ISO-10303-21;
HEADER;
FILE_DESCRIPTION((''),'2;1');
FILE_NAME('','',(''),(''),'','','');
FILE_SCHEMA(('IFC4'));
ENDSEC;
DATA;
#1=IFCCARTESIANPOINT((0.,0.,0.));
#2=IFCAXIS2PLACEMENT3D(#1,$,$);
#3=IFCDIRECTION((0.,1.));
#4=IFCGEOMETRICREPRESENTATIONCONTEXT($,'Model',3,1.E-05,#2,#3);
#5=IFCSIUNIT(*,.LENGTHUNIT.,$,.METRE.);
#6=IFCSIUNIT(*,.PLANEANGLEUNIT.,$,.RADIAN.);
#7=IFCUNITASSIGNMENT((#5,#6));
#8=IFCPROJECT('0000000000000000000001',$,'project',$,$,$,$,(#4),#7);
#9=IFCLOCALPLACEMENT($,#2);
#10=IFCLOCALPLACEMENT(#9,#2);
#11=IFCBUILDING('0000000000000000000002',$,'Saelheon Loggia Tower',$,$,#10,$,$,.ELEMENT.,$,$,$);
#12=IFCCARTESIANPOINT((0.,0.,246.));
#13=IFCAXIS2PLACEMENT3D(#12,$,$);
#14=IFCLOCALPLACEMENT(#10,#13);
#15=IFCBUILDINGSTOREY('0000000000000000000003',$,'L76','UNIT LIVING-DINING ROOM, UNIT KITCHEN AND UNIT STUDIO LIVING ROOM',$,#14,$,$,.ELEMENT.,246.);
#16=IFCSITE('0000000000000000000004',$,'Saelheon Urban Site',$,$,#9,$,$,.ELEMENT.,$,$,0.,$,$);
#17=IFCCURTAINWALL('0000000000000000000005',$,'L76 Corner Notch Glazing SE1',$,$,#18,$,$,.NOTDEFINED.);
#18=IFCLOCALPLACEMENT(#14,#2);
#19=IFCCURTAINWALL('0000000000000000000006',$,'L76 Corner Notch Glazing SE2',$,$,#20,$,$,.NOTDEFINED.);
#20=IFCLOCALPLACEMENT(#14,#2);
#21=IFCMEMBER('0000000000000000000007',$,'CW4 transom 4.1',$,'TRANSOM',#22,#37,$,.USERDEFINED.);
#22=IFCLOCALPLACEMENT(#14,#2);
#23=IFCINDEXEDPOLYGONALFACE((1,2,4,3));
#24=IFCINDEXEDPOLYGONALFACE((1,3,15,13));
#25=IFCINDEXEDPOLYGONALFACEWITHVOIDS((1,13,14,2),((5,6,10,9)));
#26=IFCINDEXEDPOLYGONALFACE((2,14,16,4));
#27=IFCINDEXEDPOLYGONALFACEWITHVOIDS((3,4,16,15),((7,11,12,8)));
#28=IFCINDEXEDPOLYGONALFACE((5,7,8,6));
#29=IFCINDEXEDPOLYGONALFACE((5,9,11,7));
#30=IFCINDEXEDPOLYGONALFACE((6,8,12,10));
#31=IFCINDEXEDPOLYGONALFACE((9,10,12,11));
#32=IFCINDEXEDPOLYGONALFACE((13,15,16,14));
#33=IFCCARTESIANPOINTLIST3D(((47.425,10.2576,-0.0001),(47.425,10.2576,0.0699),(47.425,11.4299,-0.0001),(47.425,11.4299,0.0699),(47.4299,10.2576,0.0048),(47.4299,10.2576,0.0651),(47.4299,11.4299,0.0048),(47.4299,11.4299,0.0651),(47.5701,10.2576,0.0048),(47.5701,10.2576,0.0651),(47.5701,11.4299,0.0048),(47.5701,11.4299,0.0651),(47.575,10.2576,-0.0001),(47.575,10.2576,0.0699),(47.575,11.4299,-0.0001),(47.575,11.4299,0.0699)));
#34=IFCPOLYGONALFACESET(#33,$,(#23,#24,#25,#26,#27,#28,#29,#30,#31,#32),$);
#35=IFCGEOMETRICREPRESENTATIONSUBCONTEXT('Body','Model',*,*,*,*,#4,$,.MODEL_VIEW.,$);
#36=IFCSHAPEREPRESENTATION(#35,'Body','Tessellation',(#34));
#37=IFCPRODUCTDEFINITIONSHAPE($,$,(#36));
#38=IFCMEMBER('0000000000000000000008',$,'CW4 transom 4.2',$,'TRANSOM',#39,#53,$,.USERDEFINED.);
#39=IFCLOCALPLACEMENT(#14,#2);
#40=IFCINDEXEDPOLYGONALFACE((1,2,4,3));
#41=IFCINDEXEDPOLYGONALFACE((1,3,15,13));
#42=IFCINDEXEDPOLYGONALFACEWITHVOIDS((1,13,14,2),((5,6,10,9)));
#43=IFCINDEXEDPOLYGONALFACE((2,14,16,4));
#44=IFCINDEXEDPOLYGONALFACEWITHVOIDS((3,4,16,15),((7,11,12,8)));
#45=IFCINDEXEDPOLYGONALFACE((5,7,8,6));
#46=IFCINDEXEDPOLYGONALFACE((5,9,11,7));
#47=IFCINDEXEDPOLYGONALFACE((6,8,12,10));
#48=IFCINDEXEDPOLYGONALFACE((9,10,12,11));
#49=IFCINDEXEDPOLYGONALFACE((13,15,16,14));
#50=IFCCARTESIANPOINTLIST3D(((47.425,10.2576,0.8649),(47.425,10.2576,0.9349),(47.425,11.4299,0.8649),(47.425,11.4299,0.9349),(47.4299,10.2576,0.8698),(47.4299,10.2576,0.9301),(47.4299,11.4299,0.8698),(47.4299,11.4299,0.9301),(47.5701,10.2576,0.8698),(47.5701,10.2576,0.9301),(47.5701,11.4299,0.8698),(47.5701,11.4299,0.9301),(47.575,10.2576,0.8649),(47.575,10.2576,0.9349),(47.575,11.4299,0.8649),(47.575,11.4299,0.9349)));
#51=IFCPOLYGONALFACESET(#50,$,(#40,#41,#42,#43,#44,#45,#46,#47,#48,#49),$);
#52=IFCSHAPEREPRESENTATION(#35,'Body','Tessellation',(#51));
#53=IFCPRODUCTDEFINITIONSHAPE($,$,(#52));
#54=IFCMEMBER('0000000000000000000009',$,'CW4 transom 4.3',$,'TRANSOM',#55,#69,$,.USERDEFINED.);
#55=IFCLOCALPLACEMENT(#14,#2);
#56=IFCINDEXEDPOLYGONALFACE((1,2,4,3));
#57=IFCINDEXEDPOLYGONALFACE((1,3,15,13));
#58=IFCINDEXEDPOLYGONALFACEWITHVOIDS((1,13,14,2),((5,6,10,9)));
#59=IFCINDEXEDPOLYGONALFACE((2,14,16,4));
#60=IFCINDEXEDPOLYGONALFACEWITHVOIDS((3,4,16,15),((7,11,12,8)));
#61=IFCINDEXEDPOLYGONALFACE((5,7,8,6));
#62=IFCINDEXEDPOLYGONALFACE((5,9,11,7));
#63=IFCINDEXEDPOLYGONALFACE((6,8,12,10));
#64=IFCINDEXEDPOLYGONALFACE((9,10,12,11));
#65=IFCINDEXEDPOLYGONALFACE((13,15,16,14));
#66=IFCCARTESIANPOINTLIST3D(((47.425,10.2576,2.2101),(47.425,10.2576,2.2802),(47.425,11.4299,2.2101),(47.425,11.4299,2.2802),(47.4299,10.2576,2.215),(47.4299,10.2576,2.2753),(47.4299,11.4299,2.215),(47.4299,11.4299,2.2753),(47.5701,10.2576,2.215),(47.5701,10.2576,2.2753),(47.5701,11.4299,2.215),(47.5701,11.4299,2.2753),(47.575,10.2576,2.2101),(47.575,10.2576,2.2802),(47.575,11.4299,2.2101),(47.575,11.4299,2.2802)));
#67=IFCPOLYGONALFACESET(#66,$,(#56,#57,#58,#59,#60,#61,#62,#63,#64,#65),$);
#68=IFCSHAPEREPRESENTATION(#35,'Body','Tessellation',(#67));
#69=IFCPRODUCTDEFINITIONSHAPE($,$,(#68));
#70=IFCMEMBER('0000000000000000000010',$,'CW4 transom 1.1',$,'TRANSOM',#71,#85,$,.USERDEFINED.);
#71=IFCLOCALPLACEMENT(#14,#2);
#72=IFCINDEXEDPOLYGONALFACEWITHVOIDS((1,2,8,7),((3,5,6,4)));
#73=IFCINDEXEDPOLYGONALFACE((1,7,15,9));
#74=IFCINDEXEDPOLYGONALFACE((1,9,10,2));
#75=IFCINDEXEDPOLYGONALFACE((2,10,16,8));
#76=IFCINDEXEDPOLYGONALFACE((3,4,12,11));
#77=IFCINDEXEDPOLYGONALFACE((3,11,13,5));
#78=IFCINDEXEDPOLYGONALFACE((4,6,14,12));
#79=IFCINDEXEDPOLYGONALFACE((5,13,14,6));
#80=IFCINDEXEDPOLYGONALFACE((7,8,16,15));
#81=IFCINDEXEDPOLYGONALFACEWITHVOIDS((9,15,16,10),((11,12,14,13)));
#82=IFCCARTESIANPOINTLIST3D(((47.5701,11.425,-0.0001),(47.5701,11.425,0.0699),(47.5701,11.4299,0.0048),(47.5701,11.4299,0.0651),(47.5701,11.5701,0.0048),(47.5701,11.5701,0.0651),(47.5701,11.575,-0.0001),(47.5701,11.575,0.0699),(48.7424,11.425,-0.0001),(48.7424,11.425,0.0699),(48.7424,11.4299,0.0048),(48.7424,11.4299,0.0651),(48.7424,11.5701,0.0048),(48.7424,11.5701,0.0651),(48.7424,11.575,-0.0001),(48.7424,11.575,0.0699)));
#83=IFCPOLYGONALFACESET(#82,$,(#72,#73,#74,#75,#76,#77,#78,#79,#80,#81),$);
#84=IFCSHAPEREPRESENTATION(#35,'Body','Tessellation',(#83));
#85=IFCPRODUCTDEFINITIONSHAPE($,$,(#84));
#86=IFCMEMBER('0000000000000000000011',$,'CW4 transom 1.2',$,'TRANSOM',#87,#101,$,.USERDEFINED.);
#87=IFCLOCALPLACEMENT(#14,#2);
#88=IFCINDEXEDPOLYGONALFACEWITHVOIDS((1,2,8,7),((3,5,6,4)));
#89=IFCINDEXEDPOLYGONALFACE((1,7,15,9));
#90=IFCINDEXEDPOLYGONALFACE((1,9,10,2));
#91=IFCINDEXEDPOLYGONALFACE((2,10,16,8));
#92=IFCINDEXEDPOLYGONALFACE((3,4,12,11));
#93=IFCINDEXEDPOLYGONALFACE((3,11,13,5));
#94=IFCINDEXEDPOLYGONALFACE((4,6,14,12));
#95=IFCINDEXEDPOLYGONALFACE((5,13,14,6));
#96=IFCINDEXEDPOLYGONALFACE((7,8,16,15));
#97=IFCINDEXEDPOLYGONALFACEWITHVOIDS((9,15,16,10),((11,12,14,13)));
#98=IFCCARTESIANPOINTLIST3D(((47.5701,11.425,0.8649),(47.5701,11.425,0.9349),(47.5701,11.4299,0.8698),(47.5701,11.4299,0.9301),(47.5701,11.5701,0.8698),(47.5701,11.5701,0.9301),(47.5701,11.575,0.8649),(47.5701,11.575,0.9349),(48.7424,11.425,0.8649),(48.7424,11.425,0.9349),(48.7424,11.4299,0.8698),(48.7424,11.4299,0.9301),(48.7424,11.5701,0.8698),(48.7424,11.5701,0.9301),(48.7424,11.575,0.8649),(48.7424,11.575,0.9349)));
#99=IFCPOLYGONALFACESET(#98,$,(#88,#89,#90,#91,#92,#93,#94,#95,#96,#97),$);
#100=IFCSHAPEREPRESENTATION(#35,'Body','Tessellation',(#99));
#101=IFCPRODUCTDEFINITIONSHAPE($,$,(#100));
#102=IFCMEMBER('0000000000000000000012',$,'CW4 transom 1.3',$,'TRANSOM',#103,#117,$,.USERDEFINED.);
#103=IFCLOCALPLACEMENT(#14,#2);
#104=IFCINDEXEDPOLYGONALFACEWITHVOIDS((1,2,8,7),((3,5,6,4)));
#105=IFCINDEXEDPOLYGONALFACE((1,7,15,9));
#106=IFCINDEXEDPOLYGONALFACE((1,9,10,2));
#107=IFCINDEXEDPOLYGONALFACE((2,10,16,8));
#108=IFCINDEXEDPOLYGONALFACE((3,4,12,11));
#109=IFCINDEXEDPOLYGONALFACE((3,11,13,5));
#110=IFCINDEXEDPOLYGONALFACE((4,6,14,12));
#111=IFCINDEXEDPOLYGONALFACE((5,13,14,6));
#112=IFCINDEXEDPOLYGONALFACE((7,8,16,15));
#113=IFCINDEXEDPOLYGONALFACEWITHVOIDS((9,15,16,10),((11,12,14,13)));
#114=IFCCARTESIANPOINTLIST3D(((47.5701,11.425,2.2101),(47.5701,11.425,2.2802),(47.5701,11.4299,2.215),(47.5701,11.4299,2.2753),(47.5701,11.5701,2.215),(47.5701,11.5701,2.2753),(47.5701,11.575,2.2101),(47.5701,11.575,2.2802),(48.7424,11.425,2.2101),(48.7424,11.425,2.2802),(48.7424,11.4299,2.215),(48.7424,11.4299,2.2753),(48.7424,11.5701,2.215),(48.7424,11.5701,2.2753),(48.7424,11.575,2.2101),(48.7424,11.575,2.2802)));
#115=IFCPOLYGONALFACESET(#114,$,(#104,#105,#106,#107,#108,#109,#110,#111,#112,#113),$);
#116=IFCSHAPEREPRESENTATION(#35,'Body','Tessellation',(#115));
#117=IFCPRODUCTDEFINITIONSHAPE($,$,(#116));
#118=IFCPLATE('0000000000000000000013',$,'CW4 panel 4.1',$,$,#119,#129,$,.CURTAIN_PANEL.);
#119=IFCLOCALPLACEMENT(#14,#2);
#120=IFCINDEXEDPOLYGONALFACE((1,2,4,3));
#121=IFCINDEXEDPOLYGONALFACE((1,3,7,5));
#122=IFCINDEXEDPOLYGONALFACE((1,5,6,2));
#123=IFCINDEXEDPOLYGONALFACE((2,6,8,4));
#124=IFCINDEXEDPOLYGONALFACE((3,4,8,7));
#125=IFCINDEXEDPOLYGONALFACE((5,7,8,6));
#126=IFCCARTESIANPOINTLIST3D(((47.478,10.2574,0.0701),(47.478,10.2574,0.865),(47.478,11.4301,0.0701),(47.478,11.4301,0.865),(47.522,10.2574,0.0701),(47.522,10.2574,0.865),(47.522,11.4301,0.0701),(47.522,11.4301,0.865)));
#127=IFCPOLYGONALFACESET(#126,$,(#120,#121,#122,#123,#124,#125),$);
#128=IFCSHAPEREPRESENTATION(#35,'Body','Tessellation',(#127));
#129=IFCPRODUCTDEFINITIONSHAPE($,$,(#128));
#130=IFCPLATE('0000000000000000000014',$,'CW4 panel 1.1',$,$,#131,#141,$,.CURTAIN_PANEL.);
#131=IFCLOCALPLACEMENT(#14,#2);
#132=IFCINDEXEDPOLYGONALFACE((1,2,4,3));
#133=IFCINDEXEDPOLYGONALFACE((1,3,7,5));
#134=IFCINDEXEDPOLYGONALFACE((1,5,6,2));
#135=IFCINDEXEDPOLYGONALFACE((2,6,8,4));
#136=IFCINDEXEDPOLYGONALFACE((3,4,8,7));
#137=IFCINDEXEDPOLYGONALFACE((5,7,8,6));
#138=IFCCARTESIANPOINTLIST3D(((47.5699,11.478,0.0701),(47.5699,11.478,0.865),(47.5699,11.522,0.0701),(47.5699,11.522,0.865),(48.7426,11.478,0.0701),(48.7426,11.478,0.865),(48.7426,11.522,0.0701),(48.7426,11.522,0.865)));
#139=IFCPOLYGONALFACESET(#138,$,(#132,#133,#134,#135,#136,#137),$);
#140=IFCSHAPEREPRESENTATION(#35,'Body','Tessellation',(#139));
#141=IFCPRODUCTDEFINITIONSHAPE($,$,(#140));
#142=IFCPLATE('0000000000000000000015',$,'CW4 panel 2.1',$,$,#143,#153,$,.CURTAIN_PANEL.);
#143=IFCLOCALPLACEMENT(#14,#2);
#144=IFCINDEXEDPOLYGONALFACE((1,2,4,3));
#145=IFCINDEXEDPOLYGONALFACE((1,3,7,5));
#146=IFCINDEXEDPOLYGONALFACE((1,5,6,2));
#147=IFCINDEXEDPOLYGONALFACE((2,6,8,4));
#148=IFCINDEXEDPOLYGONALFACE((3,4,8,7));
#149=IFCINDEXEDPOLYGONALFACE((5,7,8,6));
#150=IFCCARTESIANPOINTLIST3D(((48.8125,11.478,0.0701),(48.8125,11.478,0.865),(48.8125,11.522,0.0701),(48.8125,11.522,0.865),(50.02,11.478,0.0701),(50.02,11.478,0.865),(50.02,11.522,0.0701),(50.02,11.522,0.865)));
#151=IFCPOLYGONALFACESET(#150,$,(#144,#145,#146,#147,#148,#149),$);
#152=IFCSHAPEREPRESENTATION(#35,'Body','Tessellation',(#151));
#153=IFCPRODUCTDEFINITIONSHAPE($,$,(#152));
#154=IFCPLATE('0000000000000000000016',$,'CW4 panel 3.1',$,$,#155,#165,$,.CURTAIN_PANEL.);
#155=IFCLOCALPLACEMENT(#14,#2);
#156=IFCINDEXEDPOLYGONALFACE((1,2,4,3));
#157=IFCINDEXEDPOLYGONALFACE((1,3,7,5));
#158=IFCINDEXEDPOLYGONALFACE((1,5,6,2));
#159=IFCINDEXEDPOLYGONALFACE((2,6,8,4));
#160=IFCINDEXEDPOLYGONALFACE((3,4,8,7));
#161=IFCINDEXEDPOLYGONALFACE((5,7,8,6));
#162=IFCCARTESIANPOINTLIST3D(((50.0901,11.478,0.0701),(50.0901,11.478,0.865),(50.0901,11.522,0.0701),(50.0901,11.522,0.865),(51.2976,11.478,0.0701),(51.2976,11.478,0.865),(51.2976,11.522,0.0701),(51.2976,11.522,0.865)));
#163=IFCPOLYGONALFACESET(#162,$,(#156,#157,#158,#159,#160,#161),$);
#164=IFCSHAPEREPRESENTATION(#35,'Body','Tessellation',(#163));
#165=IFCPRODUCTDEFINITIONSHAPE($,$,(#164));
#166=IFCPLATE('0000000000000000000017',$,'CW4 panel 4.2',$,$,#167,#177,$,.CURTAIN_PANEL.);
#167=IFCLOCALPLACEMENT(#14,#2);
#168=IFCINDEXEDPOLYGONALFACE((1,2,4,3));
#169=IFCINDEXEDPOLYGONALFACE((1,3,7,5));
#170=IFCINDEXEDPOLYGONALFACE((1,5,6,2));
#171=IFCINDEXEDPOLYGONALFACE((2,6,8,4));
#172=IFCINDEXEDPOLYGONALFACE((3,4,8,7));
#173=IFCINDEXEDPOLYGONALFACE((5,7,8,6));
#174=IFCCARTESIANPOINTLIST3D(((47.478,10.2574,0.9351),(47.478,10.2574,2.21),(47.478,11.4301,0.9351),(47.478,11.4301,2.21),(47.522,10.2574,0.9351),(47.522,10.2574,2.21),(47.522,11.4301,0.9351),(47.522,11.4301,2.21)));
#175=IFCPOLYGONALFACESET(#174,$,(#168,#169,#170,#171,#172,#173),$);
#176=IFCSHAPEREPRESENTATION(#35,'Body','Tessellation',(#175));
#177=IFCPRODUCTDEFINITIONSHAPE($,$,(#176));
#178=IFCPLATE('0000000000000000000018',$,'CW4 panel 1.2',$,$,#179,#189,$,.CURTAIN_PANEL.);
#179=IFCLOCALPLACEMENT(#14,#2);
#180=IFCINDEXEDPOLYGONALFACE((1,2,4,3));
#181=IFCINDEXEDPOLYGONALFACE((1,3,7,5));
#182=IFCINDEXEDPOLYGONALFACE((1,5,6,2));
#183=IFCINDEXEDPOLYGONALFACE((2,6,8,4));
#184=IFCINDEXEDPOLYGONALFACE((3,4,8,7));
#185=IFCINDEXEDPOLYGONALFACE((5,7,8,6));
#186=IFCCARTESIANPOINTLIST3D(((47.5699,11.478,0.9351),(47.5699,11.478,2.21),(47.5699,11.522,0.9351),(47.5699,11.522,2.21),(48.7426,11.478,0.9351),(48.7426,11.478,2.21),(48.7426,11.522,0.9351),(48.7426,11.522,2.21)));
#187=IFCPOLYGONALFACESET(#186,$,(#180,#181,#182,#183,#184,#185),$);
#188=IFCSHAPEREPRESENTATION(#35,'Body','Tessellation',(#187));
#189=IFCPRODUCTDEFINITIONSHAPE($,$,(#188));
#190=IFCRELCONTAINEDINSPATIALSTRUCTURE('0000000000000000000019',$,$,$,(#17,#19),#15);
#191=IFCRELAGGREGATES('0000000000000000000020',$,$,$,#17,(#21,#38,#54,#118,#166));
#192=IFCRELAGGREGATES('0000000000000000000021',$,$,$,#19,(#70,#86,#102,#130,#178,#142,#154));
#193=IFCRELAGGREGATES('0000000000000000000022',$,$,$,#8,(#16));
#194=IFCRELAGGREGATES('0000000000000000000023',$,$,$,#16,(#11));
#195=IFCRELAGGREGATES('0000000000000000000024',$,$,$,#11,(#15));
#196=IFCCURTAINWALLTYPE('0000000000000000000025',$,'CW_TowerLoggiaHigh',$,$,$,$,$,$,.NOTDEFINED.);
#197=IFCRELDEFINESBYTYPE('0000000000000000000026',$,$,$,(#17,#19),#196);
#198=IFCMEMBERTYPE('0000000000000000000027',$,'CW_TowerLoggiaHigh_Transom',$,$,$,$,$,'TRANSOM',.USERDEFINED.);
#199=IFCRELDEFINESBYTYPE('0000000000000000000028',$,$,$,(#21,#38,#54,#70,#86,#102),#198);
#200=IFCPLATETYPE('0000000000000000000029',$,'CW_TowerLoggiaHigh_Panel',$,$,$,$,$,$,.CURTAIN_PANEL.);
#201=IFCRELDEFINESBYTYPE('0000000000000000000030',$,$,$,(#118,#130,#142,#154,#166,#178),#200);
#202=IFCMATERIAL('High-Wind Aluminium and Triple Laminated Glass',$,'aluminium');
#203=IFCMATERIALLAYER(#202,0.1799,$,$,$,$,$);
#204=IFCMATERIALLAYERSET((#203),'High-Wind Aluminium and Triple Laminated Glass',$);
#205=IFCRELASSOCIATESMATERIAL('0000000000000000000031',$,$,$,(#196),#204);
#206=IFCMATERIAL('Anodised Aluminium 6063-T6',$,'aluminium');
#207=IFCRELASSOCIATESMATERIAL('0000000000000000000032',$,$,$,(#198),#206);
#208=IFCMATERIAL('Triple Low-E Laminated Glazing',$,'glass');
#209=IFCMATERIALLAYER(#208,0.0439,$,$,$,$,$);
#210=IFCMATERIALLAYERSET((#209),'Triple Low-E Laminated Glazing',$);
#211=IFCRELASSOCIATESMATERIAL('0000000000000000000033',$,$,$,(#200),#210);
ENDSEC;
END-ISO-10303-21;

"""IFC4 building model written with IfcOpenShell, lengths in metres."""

from ifc_helpers import new_model, si_unit, direction, frame, origin, origin_2d, place, context, subcontext, project, spatial, rectangle, hollow_rectangle, extrude, source, transform, mapped, material, layer, layer_set, material_profile, profile_set, type_object, element, aggregate, save


model = new_model("IFC4")

# Units and contexts
model_context = context("Model", 3, precision=1e-05, world=origin(), true_north=direction((0.0, 1.0)))
body_context = subcontext(model_context, "Body", "Model", "MODEL_VIEW")
ifc_project = project(units=[si_unit("LENGTHUNIT", "METRE"), si_unit("PLANEANGLEUNIT", "RADIAN")], contexts=[model_context])

# Site, building, storey
site_placement = place(None, origin())
site = spatial("IfcSite", under=ifc_project, at=site_placement, Name="Saelheon Urban Site", CompositionType="ELEMENT", RefElevation=0.0)
building_placement = place(site_placement, origin())
building = spatial("IfcBuilding", under=site, at=building_placement, Name="Saelheon Loggia Tower", CompositionType="ELEMENT")
storey_placement = place(building_placement, frame((0.0, 0.0, 246.0)))
storey = spatial("IfcBuildingStorey", under=building, at=storey_placement, Name="L76", Description="UNIT LIVING-DINING ROOM, UNIT KITCHEN AND UNIT STUDIO LIVING ROOM", CompositionType="ELEMENT", Elevation=246.0)

# Curtain wall
ifc_material_1 = material(Name="High-Wind Aluminium and Triple Laminated Glass", Category="aluminium")
ifc_layer_1 = layer(ifc_material_1, 0.1799)
ifc_layer_set_1 = layer_set([ifc_layer_1], Name="High-Wind Aluminium and Triple Laminated Glass")
curtain_wall_type = type_object("IfcCurtainWallType", Name="CW_TowerLoggiaHigh", PredefinedType="NOTDEFINED", material=ifc_layer_set_1)
curtain_wall_1_placement = place(storey_placement, origin())
curtain_wall_1 = element("IfcCurtainWall", 1, at=curtain_wall_1_placement, inside=storey, type_object=curtain_wall_type, Name="L76 Corner Notch Glazing SE1", PredefinedType="NOTDEFINED")
ifc_material_2 = material(Name="Anodised Aluminium 6063-T6", Category="aluminium")

# Curtain wall
curtain_wall_2_placement = place(storey_placement, origin())
curtain_wall_2 = element("IfcCurtainWall", 2, at=curtain_wall_2_placement, inside=storey, type_object=curtain_wall_type, Name="L76 Corner Notch Glazing SE2", PredefinedType="NOTDEFINED")
ifc_material_profile_1 = material_profile(ifc_material_2, hollow_rectangle(XDim=0.0701, YDim=0.1499, WallThickness=0.0049, at=origin_2d()), Name="RHS-150x70x5")
ifc_profile_set_1 = profile_set([ifc_material_profile_1], Name="Anodised Aluminium 6063-T6")
member_type_1 = type_object("IfcMemberType", Name="CW_TowerLoggiaHigh_Transom", ElementType="TRANSOM", PredefinedType="USERDEFINED", material=ifc_profile_set_1)

# Members
shared_shape_1 = source(origin(), body_context, "Body", "SweptSolid", [
    extrude(hollow_rectangle(XDim=0.0701, YDim=0.1499, WallThickness=0.0049, at=origin_2d()), origin(), (0.0, 0.0, 1.0), 1.1724),
])
member_1_placement = place(storey_placement, frame((47.5, 10.2576, 0.0349), z_axis=(0.0, 1.0, 0.0), x_axis=(0.0, 0.0, 1.0)))
member_1 = element("IfcMember", 3, at=member_1_placement, type_object=member_type_1, Name="CW4 transom 4.1", ObjectType="TRANSOM", PredefinedType="USERDEFINED", context=body_context, shape_type="MappedRepresentation", body=[
    mapped(shared_shape_1, transform((0.0, 0.0, 0.0), scale=1.0)),
])
member_2_placement = place(storey_placement, frame((47.5, 10.2576, 0.8999), z_axis=(0.0, 1.0, 0.0), x_axis=(0.0, 0.0, 1.0)))
member_2 = element("IfcMember", 4, at=member_2_placement, type_object=member_type_1, Name="CW4 transom 4.2", ObjectType="TRANSOM", PredefinedType="USERDEFINED", context=body_context, shape_type="MappedRepresentation", body=[
    mapped(shared_shape_1, transform((0.0, 0.0, 0.0), scale=1.0)),
])
member_3_placement = place(storey_placement, frame((47.5, 10.2576, 2.2451), z_axis=(0.0, 1.0, 0.0), x_axis=(0.0, 0.0, 1.0)))
member_3 = element("IfcMember", 5, at=member_3_placement, type_object=member_type_1, Name="CW4 transom 4.3", ObjectType="TRANSOM", PredefinedType="USERDEFINED", context=body_context, shape_type="MappedRepresentation", body=[
    mapped(shared_shape_1, transform((0.0, 0.0, 0.0), scale=1.0)),
])
member_4_placement = place(storey_placement, frame((47.5701, 11.5, 0.0349), z_axis=(1.0, 0.0, 0.0), x_axis=(0.0, 0.0, 1.0)))
member_4 = element("IfcMember", 6, at=member_4_placement, type_object=member_type_1, Name="CW4 transom 1.1", ObjectType="TRANSOM", PredefinedType="USERDEFINED", context=body_context, shape_type="MappedRepresentation", body=[
    mapped(shared_shape_1, transform((0.0, 0.0, 0.0), scale=1.0)),
])
member_5_placement = place(storey_placement, frame((47.5701, 11.5, 0.8999), z_axis=(1.0, 0.0, 0.0), x_axis=(0.0, 0.0, 1.0)))
member_5 = element("IfcMember", 7, at=member_5_placement, type_object=member_type_1, Name="CW4 transom 1.2", ObjectType="TRANSOM", PredefinedType="USERDEFINED", context=body_context, shape_type="MappedRepresentation", body=[
    mapped(shared_shape_1, transform((0.0, 0.0, 0.0), scale=1.0)),
])
member_6_placement = place(storey_placement, frame((47.5701, 11.5, 2.2451), z_axis=(1.0, 0.0, 0.0), x_axis=(0.0, 0.0, 1.0)))
member_6 = element("IfcMember", 8, at=member_6_placement, type_object=member_type_1, Name="CW4 transom 1.3", ObjectType="TRANSOM", PredefinedType="USERDEFINED", context=body_context, shape_type="MappedRepresentation", body=[
    mapped(shared_shape_1, transform((0.0, 0.0, 0.0), scale=1.0)),
])

# Plates
ifc_material_3 = material(Name="Triple Low-E Laminated Glazing", Category="glass")
ifc_layer_2 = layer(ifc_material_3, 0.0439)
ifc_layer_set_2 = layer_set([ifc_layer_2], Name="Triple Low-E Laminated Glazing")
plate_type = type_object("IfcPlateType", Name="CW_TowerLoggiaHigh_Panel", PredefinedType="CURTAIN_PANEL", material=ifc_layer_set_2)
shared_shape_2 = source(origin(), body_context, "Body", "SweptSolid", [
    extrude(rectangle(XDim=1.1726, YDim=0.0439, at=origin_2d()), origin(), (0.0, 0.0, 1.0), 0.7949),
])
plate_1_placement = place(storey_placement, frame((47.5, 10.8438, 0.0701), z_axis=(0.0, 0.0, 1.0), x_axis=(0.0, 1.0, 0.0)))
plate_1 = element("IfcPlate", 9, at=plate_1_placement, type_object=plate_type, Name="CW4 panel 4.1", PredefinedType="CURTAIN_PANEL", context=body_context, shape_type="MappedRepresentation", body=[
    mapped(shared_shape_2, transform((0.0, 0.0, 0.0), scale=1.0)),
])
plate_2_placement = place(storey_placement, frame((48.1562, 11.5, 0.0701), z_axis=(0.0, 0.0, 1.0), x_axis=(1.0, 0.0, 0.0)))
plate_2 = element("IfcPlate", 10, at=plate_2_placement, type_object=plate_type, Name="CW4 panel 1.1", PredefinedType="CURTAIN_PANEL", context=body_context, shape_type="MappedRepresentation", body=[
    mapped(shared_shape_2, transform((0.0, 0.0, 0.0), scale=1.0)),
])
shared_shape_3 = source(origin(), body_context, "Body", "SweptSolid", [
    extrude(rectangle(XDim=1.2075, YDim=0.0439, at=origin_2d()), origin(), (0.0, 0.0, 1.0), 0.7949),
])
plate_3_placement = place(storey_placement, frame((49.4163, 11.5, 0.0701), z_axis=(0.0, 0.0, 1.0), x_axis=(1.0, 0.0, 0.0)))
plate_3 = element("IfcPlate", 11, at=plate_3_placement, type_object=plate_type, Name="CW4 panel 2.1", PredefinedType="CURTAIN_PANEL", context=body_context, shape_type="MappedRepresentation", body=[
    mapped(shared_shape_3, transform((0.0, 0.0, 0.0), scale=1.0)),
])
plate_4_placement = place(storey_placement, frame((50.6938, 11.5, 0.0701), z_axis=(0.0, 0.0, 1.0), x_axis=(1.0, 0.0, 0.0)))
plate_4 = element("IfcPlate", 12, at=plate_4_placement, type_object=plate_type, Name="CW4 panel 3.1", PredefinedType="CURTAIN_PANEL", context=body_context, shape_type="MappedRepresentation", body=[
    mapped(shared_shape_3, transform((0.0, 0.0, 0.0), scale=1.0)),
])
shared_shape_4 = source(origin(), body_context, "Body", "SweptSolid", [
    extrude(rectangle(XDim=1.1726, YDim=0.0439, at=origin_2d()), origin(), (0.0, 0.0, 1.0), 1.2749),
])
plate_5_placement = place(storey_placement, frame((47.5, 10.8438, 0.9351), z_axis=(0.0, 0.0, 1.0), x_axis=(0.0, 1.0, 0.0)))
plate_5 = element("IfcPlate", 13, at=plate_5_placement, type_object=plate_type, Name="CW4 panel 4.2", PredefinedType="CURTAIN_PANEL", context=body_context, shape_type="MappedRepresentation", body=[
    mapped(shared_shape_4, transform((0.0, 0.0, 0.0), scale=1.0)),
])
aggregate(curtain_wall_1, [member_1, member_2, member_3, plate_1, plate_5])
plate_6_placement = place(storey_placement, frame((48.1562, 11.5, 0.9351), z_axis=(0.0, 0.0, 1.0), x_axis=(1.0, 0.0, 0.0)))
plate_6 = element("IfcPlate", 14, at=plate_6_placement, type_object=plate_type, Name="CW4 panel 1.2", PredefinedType="CURTAIN_PANEL", context=body_context, shape_type="MappedRepresentation", body=[
    mapped(shared_shape_4, transform((0.0, 0.0, 0.0), scale=1.0)),
])
aggregate(curtain_wall_2, [member_4, member_5, member_6, plate_2, plate_6, plate_3, plate_4])

save(model, "model.ifc")
